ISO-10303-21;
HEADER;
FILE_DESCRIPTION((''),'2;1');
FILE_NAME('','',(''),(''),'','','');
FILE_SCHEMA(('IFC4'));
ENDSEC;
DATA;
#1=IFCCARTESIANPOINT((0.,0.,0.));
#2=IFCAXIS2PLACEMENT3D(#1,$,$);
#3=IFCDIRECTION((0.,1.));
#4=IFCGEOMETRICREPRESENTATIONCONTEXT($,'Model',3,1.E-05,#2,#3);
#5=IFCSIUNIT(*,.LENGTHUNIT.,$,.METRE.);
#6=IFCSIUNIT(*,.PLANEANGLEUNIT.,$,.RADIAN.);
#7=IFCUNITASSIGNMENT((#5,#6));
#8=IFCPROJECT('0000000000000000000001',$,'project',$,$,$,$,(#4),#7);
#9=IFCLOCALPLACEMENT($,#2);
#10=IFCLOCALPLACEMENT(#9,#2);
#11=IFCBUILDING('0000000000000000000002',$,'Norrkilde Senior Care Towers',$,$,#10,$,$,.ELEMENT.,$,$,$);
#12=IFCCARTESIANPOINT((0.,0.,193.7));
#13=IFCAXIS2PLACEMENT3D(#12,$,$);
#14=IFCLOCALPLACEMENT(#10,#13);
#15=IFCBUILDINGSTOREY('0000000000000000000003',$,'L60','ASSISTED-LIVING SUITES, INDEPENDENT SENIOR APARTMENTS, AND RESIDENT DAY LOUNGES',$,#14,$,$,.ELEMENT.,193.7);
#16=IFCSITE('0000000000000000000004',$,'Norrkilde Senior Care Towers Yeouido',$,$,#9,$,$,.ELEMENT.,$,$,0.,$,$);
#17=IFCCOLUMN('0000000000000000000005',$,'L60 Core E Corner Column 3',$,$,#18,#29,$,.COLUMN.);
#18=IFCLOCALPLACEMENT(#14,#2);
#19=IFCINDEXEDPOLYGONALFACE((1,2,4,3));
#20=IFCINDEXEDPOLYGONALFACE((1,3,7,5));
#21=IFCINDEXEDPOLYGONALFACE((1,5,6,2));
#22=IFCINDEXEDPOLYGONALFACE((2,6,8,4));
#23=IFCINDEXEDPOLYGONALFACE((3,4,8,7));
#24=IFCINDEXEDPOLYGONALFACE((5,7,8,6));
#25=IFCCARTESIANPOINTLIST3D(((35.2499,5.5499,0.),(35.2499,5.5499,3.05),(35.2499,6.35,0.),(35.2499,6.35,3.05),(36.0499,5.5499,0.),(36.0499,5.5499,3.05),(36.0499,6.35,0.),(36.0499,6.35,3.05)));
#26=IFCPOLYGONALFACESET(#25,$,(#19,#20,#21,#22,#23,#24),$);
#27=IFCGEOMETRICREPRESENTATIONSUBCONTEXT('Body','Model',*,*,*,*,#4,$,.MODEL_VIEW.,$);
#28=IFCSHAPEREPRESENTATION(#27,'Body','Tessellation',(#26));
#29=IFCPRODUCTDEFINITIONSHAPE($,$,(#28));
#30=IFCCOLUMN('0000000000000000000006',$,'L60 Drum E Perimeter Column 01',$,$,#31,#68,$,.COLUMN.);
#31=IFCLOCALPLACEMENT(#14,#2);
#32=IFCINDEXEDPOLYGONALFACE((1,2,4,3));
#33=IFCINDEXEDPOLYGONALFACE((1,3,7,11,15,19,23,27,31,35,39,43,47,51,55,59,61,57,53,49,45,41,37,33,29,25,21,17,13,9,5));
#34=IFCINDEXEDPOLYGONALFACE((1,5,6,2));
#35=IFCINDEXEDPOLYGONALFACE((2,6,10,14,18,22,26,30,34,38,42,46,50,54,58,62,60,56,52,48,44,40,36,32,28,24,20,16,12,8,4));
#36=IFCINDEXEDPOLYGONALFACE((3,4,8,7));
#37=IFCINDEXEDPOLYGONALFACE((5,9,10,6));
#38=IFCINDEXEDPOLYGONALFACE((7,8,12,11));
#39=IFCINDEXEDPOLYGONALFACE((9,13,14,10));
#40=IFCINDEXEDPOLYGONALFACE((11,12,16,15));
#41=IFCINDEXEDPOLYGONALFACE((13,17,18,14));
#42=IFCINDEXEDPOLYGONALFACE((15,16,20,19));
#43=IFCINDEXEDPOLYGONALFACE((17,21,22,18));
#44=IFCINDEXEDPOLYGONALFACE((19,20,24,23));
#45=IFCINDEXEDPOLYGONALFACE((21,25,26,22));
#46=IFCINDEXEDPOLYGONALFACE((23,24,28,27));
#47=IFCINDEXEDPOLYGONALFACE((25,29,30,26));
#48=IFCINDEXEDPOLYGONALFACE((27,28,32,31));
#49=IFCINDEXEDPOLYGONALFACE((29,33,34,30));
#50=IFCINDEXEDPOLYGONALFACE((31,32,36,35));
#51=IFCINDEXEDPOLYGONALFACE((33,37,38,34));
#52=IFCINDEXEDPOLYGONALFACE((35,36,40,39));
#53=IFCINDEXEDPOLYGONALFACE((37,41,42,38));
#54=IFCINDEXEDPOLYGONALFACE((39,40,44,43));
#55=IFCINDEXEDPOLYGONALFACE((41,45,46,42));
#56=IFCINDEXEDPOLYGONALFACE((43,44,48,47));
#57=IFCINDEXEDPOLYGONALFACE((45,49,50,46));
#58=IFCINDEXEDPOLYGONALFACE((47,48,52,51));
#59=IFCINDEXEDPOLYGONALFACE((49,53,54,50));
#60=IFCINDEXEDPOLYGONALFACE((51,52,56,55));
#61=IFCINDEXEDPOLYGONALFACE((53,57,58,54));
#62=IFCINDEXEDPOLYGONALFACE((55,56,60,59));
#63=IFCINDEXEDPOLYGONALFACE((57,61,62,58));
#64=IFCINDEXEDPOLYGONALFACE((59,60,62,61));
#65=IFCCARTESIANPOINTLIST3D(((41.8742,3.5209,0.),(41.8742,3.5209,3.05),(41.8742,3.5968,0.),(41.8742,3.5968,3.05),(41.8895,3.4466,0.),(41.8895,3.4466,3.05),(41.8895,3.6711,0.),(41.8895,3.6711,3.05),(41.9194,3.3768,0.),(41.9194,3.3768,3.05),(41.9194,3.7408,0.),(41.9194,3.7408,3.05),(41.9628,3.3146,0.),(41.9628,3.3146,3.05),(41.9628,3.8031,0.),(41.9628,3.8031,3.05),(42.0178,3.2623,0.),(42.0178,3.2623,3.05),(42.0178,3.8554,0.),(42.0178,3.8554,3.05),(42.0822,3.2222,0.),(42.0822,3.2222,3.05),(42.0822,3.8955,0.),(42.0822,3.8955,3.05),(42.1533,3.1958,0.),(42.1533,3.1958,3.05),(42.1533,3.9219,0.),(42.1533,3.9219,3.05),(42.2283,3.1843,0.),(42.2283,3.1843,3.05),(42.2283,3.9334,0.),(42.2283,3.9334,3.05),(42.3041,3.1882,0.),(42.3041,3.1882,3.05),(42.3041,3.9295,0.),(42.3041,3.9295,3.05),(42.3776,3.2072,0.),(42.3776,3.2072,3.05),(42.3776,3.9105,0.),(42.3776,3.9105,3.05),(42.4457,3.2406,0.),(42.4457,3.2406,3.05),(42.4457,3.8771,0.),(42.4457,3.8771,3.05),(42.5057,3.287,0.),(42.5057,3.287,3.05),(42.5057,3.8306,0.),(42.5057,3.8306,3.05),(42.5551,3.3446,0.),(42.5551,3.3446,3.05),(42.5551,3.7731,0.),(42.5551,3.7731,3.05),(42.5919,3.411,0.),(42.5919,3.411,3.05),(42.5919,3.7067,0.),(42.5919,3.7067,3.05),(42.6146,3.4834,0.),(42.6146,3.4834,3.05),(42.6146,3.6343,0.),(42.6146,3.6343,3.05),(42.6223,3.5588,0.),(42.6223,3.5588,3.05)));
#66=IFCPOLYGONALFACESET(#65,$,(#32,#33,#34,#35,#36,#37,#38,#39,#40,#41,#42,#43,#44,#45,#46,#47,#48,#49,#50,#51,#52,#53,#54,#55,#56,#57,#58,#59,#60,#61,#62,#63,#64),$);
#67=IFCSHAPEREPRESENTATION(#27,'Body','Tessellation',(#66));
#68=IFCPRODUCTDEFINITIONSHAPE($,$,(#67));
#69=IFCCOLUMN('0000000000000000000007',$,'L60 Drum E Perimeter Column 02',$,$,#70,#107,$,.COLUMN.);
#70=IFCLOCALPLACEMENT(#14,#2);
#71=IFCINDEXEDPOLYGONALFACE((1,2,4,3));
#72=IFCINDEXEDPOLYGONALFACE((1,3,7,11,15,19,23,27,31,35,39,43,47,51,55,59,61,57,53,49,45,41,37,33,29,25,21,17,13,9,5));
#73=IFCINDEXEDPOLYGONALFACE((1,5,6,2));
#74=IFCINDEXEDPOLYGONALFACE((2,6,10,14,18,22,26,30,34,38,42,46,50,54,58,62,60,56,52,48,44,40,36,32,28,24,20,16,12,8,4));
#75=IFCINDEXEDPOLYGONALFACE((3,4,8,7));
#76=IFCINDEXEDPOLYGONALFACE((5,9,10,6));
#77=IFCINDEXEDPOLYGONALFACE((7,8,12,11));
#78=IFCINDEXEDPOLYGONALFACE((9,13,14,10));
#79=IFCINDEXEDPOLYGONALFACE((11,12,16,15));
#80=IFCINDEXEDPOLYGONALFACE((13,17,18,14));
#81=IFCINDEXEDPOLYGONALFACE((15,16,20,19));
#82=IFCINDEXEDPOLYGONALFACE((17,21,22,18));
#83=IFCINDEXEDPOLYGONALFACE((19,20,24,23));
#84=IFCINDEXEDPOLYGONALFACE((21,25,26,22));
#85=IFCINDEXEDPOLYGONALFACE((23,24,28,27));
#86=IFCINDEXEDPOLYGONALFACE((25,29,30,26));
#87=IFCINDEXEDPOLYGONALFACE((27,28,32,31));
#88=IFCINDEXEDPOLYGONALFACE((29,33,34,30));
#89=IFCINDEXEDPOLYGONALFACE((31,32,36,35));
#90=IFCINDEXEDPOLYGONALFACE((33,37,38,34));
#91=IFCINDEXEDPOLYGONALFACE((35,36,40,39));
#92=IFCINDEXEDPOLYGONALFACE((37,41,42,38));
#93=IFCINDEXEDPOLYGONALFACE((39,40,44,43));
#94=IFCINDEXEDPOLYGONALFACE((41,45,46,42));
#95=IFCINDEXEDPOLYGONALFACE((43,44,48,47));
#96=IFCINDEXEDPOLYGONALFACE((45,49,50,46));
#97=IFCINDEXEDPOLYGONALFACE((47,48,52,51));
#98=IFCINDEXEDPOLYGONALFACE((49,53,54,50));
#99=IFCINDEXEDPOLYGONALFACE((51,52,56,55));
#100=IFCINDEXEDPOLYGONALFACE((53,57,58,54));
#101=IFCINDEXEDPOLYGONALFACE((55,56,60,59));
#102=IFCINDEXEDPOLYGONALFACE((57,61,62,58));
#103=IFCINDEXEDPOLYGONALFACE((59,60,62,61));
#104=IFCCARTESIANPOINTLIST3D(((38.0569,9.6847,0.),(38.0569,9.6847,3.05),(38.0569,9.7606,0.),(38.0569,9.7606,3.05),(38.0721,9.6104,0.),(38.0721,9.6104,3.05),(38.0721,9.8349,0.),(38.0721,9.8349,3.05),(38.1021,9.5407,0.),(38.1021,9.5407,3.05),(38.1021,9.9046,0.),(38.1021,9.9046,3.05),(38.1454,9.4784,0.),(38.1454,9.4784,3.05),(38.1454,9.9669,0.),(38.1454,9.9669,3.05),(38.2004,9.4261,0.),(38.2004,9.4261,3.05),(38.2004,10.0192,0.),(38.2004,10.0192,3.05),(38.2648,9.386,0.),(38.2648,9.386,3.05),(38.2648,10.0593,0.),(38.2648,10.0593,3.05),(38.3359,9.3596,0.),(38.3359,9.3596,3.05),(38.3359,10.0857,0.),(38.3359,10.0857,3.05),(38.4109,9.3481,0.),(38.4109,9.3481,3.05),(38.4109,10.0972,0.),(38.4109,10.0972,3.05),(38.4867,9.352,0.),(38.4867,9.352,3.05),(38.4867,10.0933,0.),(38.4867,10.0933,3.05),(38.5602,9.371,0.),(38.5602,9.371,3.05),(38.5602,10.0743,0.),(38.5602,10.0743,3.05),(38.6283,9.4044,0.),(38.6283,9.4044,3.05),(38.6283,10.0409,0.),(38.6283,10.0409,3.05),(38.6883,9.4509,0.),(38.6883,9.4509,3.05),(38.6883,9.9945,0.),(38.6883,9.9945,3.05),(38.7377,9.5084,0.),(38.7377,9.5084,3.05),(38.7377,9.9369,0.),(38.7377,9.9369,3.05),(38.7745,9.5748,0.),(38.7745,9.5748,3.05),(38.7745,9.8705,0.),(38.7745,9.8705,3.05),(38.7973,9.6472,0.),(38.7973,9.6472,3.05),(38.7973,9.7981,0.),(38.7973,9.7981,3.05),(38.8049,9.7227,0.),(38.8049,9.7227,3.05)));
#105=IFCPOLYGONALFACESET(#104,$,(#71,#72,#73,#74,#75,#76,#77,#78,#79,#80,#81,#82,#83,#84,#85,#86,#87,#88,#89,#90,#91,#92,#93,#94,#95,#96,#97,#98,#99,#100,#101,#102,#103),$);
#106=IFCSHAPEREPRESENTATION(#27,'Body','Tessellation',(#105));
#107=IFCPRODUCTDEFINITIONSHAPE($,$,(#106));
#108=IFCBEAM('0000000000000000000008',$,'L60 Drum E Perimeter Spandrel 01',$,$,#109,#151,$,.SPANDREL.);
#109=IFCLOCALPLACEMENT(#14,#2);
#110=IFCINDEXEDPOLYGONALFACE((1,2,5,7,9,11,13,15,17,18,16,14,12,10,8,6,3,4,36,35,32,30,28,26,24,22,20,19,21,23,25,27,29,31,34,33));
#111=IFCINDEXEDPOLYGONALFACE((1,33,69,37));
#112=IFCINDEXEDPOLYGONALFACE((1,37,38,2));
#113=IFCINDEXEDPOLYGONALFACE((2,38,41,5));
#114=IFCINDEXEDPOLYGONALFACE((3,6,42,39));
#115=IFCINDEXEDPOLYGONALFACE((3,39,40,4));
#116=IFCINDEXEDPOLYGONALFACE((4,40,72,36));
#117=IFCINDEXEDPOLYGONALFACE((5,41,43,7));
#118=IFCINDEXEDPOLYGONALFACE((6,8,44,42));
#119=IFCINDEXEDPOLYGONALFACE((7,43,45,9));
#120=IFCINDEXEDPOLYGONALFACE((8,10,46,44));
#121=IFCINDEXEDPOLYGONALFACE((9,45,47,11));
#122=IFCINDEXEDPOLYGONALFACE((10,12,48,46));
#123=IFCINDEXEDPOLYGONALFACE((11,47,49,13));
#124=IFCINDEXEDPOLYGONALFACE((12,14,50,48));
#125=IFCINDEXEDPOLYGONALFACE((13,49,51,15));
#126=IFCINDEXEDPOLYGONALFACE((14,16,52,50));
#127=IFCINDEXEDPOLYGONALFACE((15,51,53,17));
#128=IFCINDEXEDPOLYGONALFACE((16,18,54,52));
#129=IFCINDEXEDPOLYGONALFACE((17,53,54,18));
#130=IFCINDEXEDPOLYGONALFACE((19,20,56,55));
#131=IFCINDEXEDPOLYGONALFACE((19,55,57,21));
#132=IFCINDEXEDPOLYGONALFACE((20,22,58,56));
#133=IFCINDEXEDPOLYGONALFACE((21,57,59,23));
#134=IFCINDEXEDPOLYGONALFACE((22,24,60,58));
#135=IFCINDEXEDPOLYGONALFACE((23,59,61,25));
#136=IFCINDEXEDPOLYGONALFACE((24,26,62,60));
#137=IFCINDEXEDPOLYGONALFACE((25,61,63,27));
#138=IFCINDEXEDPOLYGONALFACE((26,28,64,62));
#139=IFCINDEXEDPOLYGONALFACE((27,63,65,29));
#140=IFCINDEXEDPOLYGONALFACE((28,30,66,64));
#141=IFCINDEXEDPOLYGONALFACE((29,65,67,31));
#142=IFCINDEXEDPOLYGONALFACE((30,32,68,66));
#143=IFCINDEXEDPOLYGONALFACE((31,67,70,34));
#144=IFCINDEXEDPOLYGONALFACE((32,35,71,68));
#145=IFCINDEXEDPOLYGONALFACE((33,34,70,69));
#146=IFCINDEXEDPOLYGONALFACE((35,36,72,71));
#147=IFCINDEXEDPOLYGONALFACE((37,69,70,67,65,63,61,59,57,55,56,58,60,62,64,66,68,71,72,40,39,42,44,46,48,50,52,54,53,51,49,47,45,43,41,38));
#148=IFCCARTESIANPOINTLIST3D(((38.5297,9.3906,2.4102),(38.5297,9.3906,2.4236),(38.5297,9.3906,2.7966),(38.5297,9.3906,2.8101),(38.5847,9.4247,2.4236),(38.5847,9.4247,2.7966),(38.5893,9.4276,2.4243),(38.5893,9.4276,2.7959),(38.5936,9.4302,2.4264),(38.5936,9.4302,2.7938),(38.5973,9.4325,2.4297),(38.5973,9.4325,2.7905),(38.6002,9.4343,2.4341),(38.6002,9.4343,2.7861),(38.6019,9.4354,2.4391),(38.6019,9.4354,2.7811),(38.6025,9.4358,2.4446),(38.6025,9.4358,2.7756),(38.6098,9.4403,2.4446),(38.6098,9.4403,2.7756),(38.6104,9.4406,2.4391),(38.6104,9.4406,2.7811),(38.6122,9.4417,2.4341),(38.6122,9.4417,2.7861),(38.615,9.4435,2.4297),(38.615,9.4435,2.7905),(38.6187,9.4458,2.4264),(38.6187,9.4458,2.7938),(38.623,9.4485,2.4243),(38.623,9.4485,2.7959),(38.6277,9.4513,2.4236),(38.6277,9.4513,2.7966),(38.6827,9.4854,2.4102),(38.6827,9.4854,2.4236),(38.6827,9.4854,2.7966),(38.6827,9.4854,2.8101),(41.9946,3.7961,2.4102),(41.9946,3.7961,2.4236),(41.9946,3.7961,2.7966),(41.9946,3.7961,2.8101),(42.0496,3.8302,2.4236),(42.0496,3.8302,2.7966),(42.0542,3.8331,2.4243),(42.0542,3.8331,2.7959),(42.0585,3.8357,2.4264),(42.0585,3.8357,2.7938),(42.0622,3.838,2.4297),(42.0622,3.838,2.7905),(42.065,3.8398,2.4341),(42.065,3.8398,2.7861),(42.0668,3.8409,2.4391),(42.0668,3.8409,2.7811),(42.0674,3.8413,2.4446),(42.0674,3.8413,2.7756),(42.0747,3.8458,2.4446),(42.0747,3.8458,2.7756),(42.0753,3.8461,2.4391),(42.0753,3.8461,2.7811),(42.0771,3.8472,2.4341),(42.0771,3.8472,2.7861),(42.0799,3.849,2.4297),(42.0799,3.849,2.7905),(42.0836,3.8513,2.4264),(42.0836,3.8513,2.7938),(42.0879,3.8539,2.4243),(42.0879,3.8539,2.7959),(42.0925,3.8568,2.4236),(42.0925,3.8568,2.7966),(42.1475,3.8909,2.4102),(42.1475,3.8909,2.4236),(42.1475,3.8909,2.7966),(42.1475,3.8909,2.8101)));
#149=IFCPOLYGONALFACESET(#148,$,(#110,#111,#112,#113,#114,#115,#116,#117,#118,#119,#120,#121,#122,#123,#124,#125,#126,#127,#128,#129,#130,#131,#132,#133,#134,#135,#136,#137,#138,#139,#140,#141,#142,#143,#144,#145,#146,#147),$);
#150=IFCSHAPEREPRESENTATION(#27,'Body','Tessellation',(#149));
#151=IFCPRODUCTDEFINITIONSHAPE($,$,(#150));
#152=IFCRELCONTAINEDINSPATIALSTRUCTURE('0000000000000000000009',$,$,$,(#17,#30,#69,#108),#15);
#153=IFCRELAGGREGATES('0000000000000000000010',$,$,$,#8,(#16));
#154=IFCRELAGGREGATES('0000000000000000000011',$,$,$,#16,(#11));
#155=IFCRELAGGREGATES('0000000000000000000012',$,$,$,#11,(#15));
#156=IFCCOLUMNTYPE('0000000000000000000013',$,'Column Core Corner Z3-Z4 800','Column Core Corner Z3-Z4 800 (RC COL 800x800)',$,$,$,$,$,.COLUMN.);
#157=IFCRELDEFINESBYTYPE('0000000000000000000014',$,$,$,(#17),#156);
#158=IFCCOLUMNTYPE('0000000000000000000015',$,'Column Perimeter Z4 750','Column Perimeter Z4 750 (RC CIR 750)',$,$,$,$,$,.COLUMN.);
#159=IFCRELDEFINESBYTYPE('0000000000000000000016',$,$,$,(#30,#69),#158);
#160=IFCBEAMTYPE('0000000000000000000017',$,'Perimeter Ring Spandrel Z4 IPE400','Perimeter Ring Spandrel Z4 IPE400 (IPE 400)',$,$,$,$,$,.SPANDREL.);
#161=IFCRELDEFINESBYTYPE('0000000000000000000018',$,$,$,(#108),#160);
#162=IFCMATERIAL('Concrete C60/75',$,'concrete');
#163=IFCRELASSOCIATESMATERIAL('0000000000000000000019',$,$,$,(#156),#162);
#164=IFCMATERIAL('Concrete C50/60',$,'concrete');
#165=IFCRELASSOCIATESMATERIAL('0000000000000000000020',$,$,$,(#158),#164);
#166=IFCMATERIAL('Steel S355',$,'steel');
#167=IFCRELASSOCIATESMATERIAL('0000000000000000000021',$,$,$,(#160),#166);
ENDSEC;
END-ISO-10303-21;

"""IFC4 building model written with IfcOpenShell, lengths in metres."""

from ifc_helpers import new_model, si_unit, direction, frame, origin, origin_2d, place, context, subcontext, project, spatial, rectangle, circle, i_section, extrude, source, transform, mapped, material, material_profile, profile_set, type_object, type_shapes, element, save


model = new_model("IFC4")

# Units and contexts
model_context = context("Model", 3, precision=1e-05, world=origin(), true_north=direction((0.0, 1.0)))
body_context = subcontext(model_context, "Body", "Model", "MODEL_VIEW")
ifc_project = project(units=[si_unit("LENGTHUNIT", "METRE"), si_unit("PLANEANGLEUNIT", "RADIAN")], contexts=[model_context])

# Site, building, storey
site_placement = place(None, origin())
site = spatial("IfcSite", under=ifc_project, at=site_placement, Name="Norrkilde Senior Care Towers Yeouido", CompositionType="ELEMENT", RefElevation=0.0)
building_placement = place(site_placement, origin())
building = spatial("IfcBuilding", under=site, at=building_placement, Name="Norrkilde Senior Care Towers", CompositionType="ELEMENT")
storey_placement = place(building_placement, frame((0.0, 0.0, 193.7)))
storey = spatial("IfcBuildingStorey", under=building, at=storey_placement, Name="L60", Description="ASSISTED-LIVING SUITES, INDEPENDENT SENIOR APARTMENTS, AND RESIDENT DAY LOUNGES", CompositionType="ELEMENT", Elevation=193.7)

# Columns
ifc_material_1 = material(Name="Concrete C60/75", Category="concrete")
ifc_material_profile_1 = material_profile(ifc_material_1, rectangle(XDim=0.8, YDim=0.8, at=origin_2d()), Name="RC COL 800x800")
ifc_profile_set_1 = profile_set([ifc_material_profile_1], Name="Concrete C60/75")
column_type_1 = type_object("IfcColumnType", Name="Column Core Corner Z3-Z4 800", Description="Column Core Corner Z3-Z4 800 (RC COL 800x800)", PredefinedType="COLUMN", material=ifc_profile_set_1)
shared_shape_1 = source(origin(), body_context, "Body", "SweptSolid", [
    extrude(rectangle(XDim=0.8, YDim=0.8, at=origin_2d()), origin(), (0.0, 0.0, 1.0), 3.05),
])
type_shapes(column_type_1, [shared_shape_1])
column_placement = place(storey_placement, frame((35.6499, 5.95, 0.0), z_axis=(0.0, 0.0, 1.0), x_axis=(1.0, 0.0, 0.0)))
element("IfcColumn", 1, at=column_placement, inside=storey, type_object=column_type_1, Name="L60 Core E Corner Column 3", PredefinedType="COLUMN", context=body_context, shape_type="MappedRepresentation", body=[
    mapped(shared_shape_1, transform((0.0, 0.0, 0.0), x_axis=(1.0, 0.0, 0.0), y_axis=(0.0, 1.0, 0.0), z_axis=(0.0, 0.0, 1.0), scale=1.0)),
])
ifc_material_2 = material(Name="Concrete C50/60", Category="concrete")
ifc_material_profile_2 = material_profile(ifc_material_2, circle(Radius=0.375, at=origin_2d()), Name="RC CIR 750")
ifc_profile_set_2 = profile_set([ifc_material_profile_2], Name="Concrete C50/60")
column_type_2 = type_object("IfcColumnType", Name="Column Perimeter Z4 750", Description="Column Perimeter Z4 750 (RC CIR 750)", PredefinedType="COLUMN", material=ifc_profile_set_2)
shared_shape_2 = source(origin(), body_context, "Body", "SweptSolid", [
    extrude(circle(Radius=0.375, at=origin_2d()), origin(), (0.0, 0.0, 1.0), 3.05),
])
type_shapes(column_type_2, [shared_shape_2])
for number, where, z_axis, x_axis, name in (
    (2, (42.2473, 3.5588, 0.0), (0.0, 0.0, 1.0), (1.0, 0.0, 0.0), "L60 Drum E Perimeter Column 01"),
    (3, (38.4299, 9.7227, 0.0), (0.0, 0.0, 1.0), (1.0, 0.0, 0.0), "L60 Drum E Perimeter Column 02"),
):
    element("IfcColumn", number, at=place(storey_placement, frame(where, z_axis=z_axis, x_axis=x_axis)), inside=storey, type_object=column_type_2, Name=name, PredefinedType="COLUMN", context=body_context, shape_type="MappedRepresentation", body=[
        mapped(shared_shape_2, transform((0.0, 0.0, 0.0), x_axis=(1.0, 0.0, 0.0), y_axis=(0.0, 1.0, 0.0), z_axis=(0.0, 0.0, 1.0), scale=1.0)),
    ])

# Beam
ifc_material_3 = material(Name="Steel S355", Category="steel")
ifc_material_profile_3 = material_profile(ifc_material_3, i_section(OverallWidth=0.1799, OverallDepth=0.3999, WebThickness=0.0085, FlangeThickness=0.0134, FilletRadius=0.021, at=origin_2d()), Name="IPE 400")
ifc_profile_set_3 = profile_set([ifc_material_profile_3], Name="Steel S355")
beam_type_1 = type_object("IfcBeamType", Name="Perimeter Ring Spandrel Z4 IPE400", Description="Perimeter Ring Spandrel Z4 IPE400 (IPE 400)", PredefinedType="SPANDREL", material=ifc_profile_set_3)
shared_shape_3 = source(origin(), body_context, "Body", "SweptSolid", [
    extrude(i_section(OverallWidth=0.1799, OverallDepth=0.3999, WebThickness=0.0085, FlangeThickness=0.0134, FilletRadius=0.021, at=origin_2d()), origin(), (0.0, 0.0, 1.0), 6.5806),
])
beam_1_placement = place(storey_placement, frame((42.071, 3.8435, 2.6101), z_axis=(-0.52653, 0.850157, 0.0), x_axis=(-0.850157, -0.52653, 0.0)))
element("IfcBeam", 4, at=beam_1_placement, inside=storey, type_object=beam_type_1, Name="L60 Drum E Perimeter Spandrel 01", PredefinedType="SPANDREL", context=body_context, shape_type="MappedRepresentation", body=[
    mapped(shared_shape_3, transform((0.0, 0.0, 0.0), x_axis=(1.0, 0.0, 0.0), y_axis=(0.0, 1.0, 0.0), z_axis=(0.0, 0.0, 1.0), scale=1.0)),
])

save(model, "model.ifc")
